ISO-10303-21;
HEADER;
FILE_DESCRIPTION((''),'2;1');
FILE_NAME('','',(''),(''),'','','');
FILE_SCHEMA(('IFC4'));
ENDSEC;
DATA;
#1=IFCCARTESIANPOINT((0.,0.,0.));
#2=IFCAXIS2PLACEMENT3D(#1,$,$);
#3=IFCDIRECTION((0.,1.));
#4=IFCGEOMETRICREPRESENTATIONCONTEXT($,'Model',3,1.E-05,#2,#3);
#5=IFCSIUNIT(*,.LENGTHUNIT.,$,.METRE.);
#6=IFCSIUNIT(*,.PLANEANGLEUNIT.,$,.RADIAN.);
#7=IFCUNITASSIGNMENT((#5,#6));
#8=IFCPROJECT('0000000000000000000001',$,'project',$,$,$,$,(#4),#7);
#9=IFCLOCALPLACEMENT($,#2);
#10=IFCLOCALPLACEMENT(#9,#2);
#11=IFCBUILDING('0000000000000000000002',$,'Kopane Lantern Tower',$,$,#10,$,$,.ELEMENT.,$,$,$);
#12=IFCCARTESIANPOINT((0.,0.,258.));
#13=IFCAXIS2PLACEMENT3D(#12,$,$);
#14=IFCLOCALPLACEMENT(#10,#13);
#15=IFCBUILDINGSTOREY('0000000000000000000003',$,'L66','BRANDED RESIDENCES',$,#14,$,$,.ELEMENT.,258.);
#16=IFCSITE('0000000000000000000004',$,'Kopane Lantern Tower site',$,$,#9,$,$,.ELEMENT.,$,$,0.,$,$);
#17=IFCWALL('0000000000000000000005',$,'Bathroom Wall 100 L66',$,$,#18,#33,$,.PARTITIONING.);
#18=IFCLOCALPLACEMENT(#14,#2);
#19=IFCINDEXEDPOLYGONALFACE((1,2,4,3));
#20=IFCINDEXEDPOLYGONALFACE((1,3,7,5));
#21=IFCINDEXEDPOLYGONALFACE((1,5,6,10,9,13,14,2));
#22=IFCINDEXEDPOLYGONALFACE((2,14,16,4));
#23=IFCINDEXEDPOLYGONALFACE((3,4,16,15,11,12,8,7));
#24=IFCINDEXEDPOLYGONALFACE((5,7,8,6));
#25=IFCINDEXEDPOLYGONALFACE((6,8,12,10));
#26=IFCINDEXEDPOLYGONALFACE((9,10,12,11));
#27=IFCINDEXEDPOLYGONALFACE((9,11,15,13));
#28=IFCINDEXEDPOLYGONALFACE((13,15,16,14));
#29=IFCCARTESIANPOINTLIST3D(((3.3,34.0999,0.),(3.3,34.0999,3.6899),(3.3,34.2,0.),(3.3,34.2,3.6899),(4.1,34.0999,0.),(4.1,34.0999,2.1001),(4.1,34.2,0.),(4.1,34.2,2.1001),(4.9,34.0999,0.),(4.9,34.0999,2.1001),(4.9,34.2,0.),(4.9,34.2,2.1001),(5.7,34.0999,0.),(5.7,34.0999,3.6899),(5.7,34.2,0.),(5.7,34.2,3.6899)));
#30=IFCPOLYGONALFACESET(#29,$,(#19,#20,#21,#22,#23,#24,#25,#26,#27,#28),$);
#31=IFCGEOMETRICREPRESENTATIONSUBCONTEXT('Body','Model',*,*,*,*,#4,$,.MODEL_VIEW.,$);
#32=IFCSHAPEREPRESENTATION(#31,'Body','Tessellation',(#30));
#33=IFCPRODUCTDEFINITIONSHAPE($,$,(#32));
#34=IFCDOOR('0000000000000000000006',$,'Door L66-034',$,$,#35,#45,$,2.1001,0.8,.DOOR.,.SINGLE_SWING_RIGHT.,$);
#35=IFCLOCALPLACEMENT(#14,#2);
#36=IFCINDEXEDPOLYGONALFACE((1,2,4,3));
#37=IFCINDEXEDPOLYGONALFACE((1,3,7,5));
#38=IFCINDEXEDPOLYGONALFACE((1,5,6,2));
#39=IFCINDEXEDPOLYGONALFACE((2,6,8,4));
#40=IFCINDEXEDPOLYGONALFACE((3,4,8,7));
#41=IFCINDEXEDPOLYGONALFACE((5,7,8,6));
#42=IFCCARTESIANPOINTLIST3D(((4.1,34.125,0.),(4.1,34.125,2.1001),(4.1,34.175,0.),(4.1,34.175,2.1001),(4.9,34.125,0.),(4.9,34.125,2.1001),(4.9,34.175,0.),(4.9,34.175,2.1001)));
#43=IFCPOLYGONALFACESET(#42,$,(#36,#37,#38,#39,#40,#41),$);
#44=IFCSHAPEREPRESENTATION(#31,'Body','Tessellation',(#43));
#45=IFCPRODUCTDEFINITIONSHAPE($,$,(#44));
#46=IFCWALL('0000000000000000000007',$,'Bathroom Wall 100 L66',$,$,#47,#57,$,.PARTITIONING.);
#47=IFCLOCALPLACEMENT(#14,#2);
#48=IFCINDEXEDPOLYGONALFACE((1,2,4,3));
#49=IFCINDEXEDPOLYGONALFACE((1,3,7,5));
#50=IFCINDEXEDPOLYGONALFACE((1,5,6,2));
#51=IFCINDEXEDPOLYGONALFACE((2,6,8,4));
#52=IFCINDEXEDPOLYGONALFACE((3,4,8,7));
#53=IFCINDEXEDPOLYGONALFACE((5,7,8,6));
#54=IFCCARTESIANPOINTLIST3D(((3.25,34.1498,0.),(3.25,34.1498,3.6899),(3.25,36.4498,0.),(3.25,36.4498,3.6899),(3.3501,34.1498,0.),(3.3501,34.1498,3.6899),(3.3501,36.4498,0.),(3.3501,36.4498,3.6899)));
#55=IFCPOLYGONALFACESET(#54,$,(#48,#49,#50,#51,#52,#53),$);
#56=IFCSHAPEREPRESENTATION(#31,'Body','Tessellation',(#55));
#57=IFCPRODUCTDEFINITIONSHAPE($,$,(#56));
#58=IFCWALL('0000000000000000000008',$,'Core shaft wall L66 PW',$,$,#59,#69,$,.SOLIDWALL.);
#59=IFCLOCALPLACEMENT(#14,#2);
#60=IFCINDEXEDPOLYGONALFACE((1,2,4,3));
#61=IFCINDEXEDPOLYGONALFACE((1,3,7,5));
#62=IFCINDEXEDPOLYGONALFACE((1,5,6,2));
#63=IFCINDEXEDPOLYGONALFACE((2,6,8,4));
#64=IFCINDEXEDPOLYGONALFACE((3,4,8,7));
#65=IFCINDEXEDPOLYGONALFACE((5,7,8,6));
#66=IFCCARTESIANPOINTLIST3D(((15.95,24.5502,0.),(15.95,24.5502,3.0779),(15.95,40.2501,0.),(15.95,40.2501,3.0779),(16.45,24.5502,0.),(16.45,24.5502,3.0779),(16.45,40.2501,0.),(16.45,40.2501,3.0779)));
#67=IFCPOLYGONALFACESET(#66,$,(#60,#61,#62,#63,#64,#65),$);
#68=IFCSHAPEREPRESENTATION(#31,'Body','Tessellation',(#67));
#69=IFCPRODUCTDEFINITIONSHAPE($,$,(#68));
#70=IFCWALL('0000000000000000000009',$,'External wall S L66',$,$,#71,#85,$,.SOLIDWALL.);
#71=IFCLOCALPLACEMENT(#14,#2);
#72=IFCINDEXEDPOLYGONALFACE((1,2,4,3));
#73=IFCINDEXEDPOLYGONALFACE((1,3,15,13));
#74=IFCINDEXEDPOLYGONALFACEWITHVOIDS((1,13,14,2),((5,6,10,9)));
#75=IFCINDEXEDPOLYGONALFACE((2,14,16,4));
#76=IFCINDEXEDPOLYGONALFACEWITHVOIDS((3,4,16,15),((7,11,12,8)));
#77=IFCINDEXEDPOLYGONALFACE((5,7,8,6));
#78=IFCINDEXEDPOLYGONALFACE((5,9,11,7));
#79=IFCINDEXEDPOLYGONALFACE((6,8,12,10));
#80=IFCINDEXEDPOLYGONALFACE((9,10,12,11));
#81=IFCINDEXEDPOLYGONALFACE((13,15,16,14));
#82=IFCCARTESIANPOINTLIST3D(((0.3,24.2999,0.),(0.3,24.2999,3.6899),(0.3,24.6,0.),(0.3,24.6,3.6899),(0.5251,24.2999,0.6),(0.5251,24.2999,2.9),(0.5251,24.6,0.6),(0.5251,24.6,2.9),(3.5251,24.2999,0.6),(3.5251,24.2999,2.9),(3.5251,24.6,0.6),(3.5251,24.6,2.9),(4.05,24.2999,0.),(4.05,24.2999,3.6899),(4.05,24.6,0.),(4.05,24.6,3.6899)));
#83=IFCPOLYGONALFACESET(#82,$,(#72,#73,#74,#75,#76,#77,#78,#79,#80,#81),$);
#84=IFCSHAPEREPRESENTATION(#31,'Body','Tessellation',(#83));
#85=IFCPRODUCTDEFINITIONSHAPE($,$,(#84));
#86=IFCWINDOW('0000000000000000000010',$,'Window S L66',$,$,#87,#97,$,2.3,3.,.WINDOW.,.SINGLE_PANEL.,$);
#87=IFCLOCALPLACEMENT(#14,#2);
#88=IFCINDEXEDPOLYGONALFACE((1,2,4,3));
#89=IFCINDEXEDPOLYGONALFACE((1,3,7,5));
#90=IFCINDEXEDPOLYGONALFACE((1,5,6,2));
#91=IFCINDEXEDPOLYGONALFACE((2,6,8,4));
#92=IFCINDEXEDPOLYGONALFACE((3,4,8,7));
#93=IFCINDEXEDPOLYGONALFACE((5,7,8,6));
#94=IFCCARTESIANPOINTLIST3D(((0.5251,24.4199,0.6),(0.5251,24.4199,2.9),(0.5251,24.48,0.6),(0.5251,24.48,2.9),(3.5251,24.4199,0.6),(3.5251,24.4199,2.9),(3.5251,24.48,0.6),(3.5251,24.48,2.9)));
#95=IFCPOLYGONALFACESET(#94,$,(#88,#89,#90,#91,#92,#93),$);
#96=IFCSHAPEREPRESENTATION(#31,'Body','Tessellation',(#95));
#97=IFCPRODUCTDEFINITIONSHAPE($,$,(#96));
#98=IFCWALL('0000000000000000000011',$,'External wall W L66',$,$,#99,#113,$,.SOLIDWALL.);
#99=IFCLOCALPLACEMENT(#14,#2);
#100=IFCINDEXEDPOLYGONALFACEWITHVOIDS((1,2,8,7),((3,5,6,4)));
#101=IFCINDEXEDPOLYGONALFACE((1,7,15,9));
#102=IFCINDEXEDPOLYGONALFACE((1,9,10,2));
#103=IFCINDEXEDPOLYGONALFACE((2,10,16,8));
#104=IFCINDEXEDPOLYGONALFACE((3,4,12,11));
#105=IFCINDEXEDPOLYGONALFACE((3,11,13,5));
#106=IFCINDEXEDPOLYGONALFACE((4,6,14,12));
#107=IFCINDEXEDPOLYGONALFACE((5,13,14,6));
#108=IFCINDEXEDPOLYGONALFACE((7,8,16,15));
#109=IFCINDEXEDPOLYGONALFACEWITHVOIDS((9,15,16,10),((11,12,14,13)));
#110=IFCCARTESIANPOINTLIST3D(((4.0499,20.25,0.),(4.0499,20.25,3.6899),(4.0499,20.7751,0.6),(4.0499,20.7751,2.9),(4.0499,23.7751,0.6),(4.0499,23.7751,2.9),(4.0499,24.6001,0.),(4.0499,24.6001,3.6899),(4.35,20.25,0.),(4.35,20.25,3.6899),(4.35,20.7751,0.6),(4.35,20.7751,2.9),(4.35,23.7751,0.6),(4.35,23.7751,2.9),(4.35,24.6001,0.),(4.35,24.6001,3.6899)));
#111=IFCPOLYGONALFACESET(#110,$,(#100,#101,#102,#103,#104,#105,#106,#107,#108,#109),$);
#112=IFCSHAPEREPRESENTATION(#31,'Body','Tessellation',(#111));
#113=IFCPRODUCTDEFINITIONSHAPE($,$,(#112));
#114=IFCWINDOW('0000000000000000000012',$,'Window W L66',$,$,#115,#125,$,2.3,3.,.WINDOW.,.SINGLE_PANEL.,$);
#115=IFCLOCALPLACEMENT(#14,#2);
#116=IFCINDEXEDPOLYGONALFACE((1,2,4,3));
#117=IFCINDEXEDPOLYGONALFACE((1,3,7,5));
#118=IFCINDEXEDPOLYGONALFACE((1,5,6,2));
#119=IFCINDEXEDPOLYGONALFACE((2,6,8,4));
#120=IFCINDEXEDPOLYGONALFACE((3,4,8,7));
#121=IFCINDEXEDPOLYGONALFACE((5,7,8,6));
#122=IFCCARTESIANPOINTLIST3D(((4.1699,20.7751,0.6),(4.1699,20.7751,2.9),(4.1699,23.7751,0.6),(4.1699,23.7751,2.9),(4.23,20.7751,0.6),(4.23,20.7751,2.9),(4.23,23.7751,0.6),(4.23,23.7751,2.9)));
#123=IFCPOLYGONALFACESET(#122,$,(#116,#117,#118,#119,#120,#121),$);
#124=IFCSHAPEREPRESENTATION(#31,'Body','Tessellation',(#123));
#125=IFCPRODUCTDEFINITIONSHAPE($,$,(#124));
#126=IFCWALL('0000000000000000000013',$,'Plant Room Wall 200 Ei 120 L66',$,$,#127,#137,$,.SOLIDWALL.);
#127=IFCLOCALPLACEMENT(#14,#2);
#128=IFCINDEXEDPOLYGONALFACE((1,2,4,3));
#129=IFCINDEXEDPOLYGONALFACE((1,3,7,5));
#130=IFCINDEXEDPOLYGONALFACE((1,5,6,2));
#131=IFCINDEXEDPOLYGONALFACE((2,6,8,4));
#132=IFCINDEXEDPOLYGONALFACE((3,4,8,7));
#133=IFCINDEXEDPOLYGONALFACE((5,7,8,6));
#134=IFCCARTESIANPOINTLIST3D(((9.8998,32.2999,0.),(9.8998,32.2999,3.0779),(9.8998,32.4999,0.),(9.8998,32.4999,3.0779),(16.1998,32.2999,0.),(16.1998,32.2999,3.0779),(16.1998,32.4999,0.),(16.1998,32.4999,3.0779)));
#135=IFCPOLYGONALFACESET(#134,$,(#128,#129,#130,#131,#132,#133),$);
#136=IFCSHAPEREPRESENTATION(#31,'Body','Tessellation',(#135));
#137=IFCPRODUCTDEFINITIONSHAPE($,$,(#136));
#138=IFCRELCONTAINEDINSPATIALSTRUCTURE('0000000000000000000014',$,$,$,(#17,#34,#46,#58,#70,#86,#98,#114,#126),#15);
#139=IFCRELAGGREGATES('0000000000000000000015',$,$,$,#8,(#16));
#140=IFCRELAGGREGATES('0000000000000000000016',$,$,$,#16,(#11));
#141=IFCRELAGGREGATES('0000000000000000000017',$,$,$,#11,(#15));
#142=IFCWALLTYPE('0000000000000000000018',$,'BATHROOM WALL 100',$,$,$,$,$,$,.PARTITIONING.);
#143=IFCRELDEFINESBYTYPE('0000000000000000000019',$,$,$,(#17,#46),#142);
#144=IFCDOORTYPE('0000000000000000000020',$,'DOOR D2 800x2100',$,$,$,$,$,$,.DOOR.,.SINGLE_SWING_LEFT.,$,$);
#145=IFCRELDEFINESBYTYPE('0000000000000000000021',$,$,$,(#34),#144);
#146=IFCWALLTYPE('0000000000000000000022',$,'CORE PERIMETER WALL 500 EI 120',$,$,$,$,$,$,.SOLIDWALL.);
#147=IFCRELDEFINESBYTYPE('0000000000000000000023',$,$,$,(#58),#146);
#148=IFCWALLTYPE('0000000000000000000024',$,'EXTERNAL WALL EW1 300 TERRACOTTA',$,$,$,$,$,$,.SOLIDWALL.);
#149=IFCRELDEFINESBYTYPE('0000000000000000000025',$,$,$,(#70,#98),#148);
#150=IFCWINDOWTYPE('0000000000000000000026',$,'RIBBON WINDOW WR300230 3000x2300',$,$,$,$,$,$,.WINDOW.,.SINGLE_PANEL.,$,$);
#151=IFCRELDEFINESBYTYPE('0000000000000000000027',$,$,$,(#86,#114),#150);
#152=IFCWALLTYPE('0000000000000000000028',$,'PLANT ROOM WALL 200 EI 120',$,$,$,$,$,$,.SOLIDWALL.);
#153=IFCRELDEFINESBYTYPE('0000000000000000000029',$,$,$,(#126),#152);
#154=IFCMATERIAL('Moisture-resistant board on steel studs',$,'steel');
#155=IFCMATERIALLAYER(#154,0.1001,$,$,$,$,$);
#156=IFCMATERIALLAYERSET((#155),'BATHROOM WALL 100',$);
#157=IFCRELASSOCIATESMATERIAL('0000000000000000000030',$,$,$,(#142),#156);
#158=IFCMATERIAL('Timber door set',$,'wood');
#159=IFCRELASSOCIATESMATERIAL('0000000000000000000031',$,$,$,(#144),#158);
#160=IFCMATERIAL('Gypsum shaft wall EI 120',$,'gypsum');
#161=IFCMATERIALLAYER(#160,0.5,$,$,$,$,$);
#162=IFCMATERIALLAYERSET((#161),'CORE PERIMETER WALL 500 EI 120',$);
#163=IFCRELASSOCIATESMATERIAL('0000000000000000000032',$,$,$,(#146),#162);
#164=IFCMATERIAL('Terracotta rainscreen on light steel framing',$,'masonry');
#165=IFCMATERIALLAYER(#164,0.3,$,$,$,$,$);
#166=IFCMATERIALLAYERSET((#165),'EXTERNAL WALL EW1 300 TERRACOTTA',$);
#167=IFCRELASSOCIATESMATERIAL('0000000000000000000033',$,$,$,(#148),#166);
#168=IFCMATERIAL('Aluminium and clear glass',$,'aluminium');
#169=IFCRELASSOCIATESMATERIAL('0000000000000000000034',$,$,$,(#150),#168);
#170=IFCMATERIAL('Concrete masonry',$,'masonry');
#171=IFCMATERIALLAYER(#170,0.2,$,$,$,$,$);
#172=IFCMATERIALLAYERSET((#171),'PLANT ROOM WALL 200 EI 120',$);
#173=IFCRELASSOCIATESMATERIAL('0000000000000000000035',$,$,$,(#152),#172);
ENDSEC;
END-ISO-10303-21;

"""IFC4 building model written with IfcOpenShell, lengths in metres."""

from ifc_helpers import new_model, si_unit, direction, frame, frame_2d, origin, place, context, subcontext, project, spatial, rectangle, extrude, material, layer, layer_set, type_object, element, fill, save


model = new_model("IFC4")

# Units and contexts
model_context = context("Model", 3, precision=1e-05, world=origin(), true_north=direction((0.0, 1.0)))
body_context = subcontext(model_context, "Body", "Model", "MODEL_VIEW")
ifc_project = project(units=[si_unit("LENGTHUNIT", "METRE"), si_unit("PLANEANGLEUNIT", "RADIAN")], contexts=[model_context])

# Site, building, storey
site_placement = place(None, origin())
site = spatial("IfcSite", under=ifc_project, at=site_placement, Name="Kopane Lantern Tower site", CompositionType="ELEMENT", RefElevation=0.0)
building_placement = place(site_placement, origin())
building = spatial("IfcBuilding", under=site, at=building_placement, Name="Kopane Lantern Tower", CompositionType="ELEMENT")
storey_placement = place(building_placement, frame((0.0, 0.0, 258.0)))
storey = spatial("IfcBuildingStorey", under=building, at=storey_placement, Name="L66", Description="BRANDED RESIDENCES", CompositionType="ELEMENT", Elevation=258.0)

# Wall, opening, door
ifc_material_1 = material(Name="Moisture-resistant board on steel studs", Category="steel")
ifc_layer_1 = layer(ifc_material_1, 0.1001)
ifc_layer_set_1 = layer_set([ifc_layer_1], Name="BATHROOM WALL 100")
wall_type_1 = type_object("IfcWallType", Name="BATHROOM WALL 100", PredefinedType="PARTITIONING", material=ifc_layer_set_1)
wall_1_placement = place(storey_placement, frame((5.7, 34.1499, 0.0), z_axis=(0.0, 0.0, 1.0), x_axis=(-1.0, 0.0, 0.0)))
wall_1 = element("IfcWall", 1, at=wall_1_placement, inside=storey, type_object=wall_type_1, Name="Bathroom Wall 100 L66", PredefinedType="PARTITIONING", context=body_context, shape_type="SweptSolid", body=[
    extrude(rectangle(XDim=2.3999, YDim=0.1001, at=frame_2d((1.2, 0.0))), origin(), (0.0, 0.0, 1.0), 3.6899),
])
opening_1_placement = place(wall_1_placement, frame((0.8, 0.0, 0.0)))
opening_1 = element("IfcOpeningElement", 2, at=opening_1_placement, cuts=wall_1, PredefinedType="OPENING", context=body_context, shape_type="SweptSolid", body=[
    extrude(rectangle(XDim=0.8, YDim=2.1001, at=frame_2d((0.3999, 1.05))), frame((0.0, 0.0601, 0.0), z_axis=(0.0, -1.0, 0.0), x_axis=(1.0, 0.0, 0.0)), (0.0, 0.0, 1.0), 0.1201),
])
ifc_material_2 = material(Name="Timber door set", Category="wood")
door_type_1 = type_object("IfcDoorType", Name="DOOR D2 800x2100", OperationType="SINGLE_SWING_LEFT", PredefinedType="DOOR", material=ifc_material_2)
door_1_placement = place(opening_1_placement, origin())
door_1 = element("IfcDoor", 3, at=door_1_placement, inside=storey, type_object=door_type_1, Name="Door L66-034", OperationType="SINGLE_SWING_RIGHT", OverallHeight=2.1001, OverallWidth=0.8, PredefinedType="DOOR", context=body_context, shape_type="SweptSolid", body=[
    extrude(rectangle(XDim=0.8, YDim=2.1001, at=frame_2d((0.3999, 1.05))), frame((0.0, 0.0249, 0.0), z_axis=(0.0, -1.0, 0.0), x_axis=(1.0, 0.0, 0.0)), (0.0, 0.0, 1.0), 0.05),
])
fill(opening_1, door_1)

# Walls
wall_2_placement = place(storey_placement, frame((3.3, 34.1499, 0.0), z_axis=(0.0, 0.0, 1.0), x_axis=(0.0, 1.0, 0.0)))
element("IfcWall", 4, at=wall_2_placement, inside=storey, type_object=wall_type_1, Name="Bathroom Wall 100 L66", PredefinedType="PARTITIONING", context=body_context, shape_type="SweptSolid", body=[
    extrude(rectangle(XDim=2.3, YDim=0.1001, at=frame_2d((1.1499, 0.0))), origin(), (0.0, 0.0, 1.0), 3.6899),
])
ifc_material_3 = material(Name="Gypsum shaft wall EI 120", Category="gypsum")
ifc_layer_2 = layer(ifc_material_3, 0.5)
ifc_layer_set_2 = layer_set([ifc_layer_2], Name="CORE PERIMETER WALL 500 EI 120")
wall_type_2 = type_object("IfcWallType", Name="CORE PERIMETER WALL 500 EI 120", PredefinedType="SOLIDWALL", material=ifc_layer_set_2)
wall_3_placement = place(storey_placement, frame((16.2, 24.55, 0.0), z_axis=(0.0, 0.0, 1.0), x_axis=(0.0, 1.0, 0.0)))
element("IfcWall", 5, at=wall_3_placement, inside=storey, type_object=wall_type_2, Name="Core shaft wall L66 PW", PredefinedType="SOLIDWALL", context=body_context, shape_type="SweptSolid", body=[
    extrude(rectangle(XDim=15.7, YDim=0.5, at=frame_2d((7.8501, 0.0))), origin(), (0.0, 0.0, 1.0), 3.0779),
])

# Walls, openings, windows
ifc_material_4 = material(Name="Terracotta rainscreen on light steel framing", Category="masonry")
ifc_layer_3 = layer(ifc_material_4, 0.3)
ifc_layer_set_3 = layer_set([ifc_layer_3], Name="EXTERNAL WALL EW1 300 TERRACOTTA")
wall_type_3 = type_object("IfcWallType", Name="EXTERNAL WALL EW1 300 TERRACOTTA", PredefinedType="SOLIDWALL", material=ifc_layer_set_3)
wall_4_placement = place(storey_placement, frame((0.3, 24.45, 0.0), z_axis=(0.0, 0.0, 1.0), x_axis=(1.0, 0.0, 0.0)))
wall_4 = element("IfcWall", 6, at=wall_4_placement, inside=storey, type_object=wall_type_3, Name="External wall S L66", PredefinedType="SOLIDWALL", context=body_context, shape_type="SweptSolid", body=[
    extrude(rectangle(XDim=3.75, YDim=0.3, at=frame_2d((1.875, 0.0))), origin(), (0.0, 0.0, 1.0), 3.6899),
])
opening_2_placement = place(wall_4_placement, frame((0.2251, 0.0, 0.6001)))
opening_2 = element("IfcOpeningElement", 7, at=opening_2_placement, cuts=wall_4, PredefinedType="OPENING", context=body_context, shape_type="SweptSolid", body=[
    extrude(rectangle(XDim=3.0, YDim=2.3, at=frame_2d((1.5, 1.1499))), frame((0.0, 0.1599, 0.0), z_axis=(0.0, -1.0, 0.0), x_axis=(1.0, 0.0, 0.0)), (0.0, 0.0, 1.0), 0.3201),
])
ifc_material_5 = material(Name="Aluminium and clear glass", Category="aluminium")
window_type = type_object("IfcWindowType", Name="RIBBON WINDOW WR300230 3000x2300", PartitioningType="SINGLE_PANEL", PredefinedType="WINDOW", material=ifc_material_5)
window_1_placement = place(opening_2_placement, origin())
window_1 = element("IfcWindow", 8, at=window_1_placement, inside=storey, type_object=window_type, Name="Window S L66", OverallHeight=2.3, OverallWidth=3.0, PartitioningType="SINGLE_PANEL", PredefinedType="WINDOW", context=body_context, shape_type="SweptSolid", body=[
    extrude(rectangle(XDim=3.0, YDim=2.3, at=frame_2d((1.5, 1.1499))), frame((0.0, 0.03, 0.0), z_axis=(0.0, -1.0, 0.0), x_axis=(1.0, 0.0, 0.0)), (0.0, 0.0, 1.0), 0.0601),
])
fill(opening_2, window_1)
wall_5_placement = place(storey_placement, frame((4.2, 24.6001, 0.0), z_axis=(0.0, 0.0, 1.0), x_axis=(0.0, -1.0, 0.0)))
wall_5 = element("IfcWall", 9, at=wall_5_placement, inside=storey, type_object=wall_type_3, Name="External wall W L66", PredefinedType="SOLIDWALL", context=body_context, shape_type="SweptSolid", body=[
    extrude(rectangle(XDim=4.3501, YDim=0.3, at=frame_2d((2.175, 0.0))), origin(), (0.0, 0.0, 1.0), 3.6899),
])
opening_3_placement = place(wall_5_placement, frame((0.825, 0.0, 0.6001)))
opening_3 = element("IfcOpeningElement", 10, at=opening_3_placement, cuts=wall_5, PredefinedType="OPENING", context=body_context, shape_type="SweptSolid", body=[
    extrude(rectangle(XDim=3.0, YDim=2.3, at=frame_2d((1.5, 1.1499))), frame((0.0, 0.1599, 0.0), z_axis=(0.0, -1.0, 0.0), x_axis=(1.0, 0.0, 0.0)), (0.0, 0.0, 1.0), 0.3201),
])
window_2_placement = place(opening_3_placement, origin())
window_2 = element("IfcWindow", 11, at=window_2_placement, inside=storey, type_object=window_type, Name="Window W L66", OverallHeight=2.3, OverallWidth=3.0, PartitioningType="SINGLE_PANEL", PredefinedType="WINDOW", context=body_context, shape_type="SweptSolid", body=[
    extrude(rectangle(XDim=3.0, YDim=2.3, at=frame_2d((1.5, 1.1499))), frame((0.0, 0.03, 0.0), z_axis=(0.0, -1.0, 0.0), x_axis=(1.0, 0.0, 0.0)), (0.0, 0.0, 1.0), 0.0601),
])
fill(opening_3, window_2)

# Wall
ifc_material_6 = material(Name="Concrete masonry", Category="masonry")
ifc_layer_4 = layer(ifc_material_6, 0.2)
ifc_layer_set_4 = layer_set([ifc_layer_4], Name="PLANT ROOM WALL 200 EI 120")
wall_type_4 = type_object("IfcWallType", Name="PLANT ROOM WALL 200 EI 120", PredefinedType="SOLIDWALL", material=ifc_layer_set_4)
wall_6_placement = place(storey_placement, frame((9.8999, 32.3999, 0.0), z_axis=(0.0, 0.0, 1.0), x_axis=(1.0, 0.0, 0.0)))
element("IfcWall", 12, at=wall_6_placement, inside=storey, type_object=wall_type_4, Name="Plant Room Wall 200 Ei 120 L66", PredefinedType="SOLIDWALL", context=body_context, shape_type="SweptSolid", body=[
    extrude(rectangle(XDim=6.3, YDim=0.2, at=frame_2d((3.1499, 0.0))), origin(), (0.0, 0.0, 1.0), 3.0779),
])

save(model, "model.ifc")
